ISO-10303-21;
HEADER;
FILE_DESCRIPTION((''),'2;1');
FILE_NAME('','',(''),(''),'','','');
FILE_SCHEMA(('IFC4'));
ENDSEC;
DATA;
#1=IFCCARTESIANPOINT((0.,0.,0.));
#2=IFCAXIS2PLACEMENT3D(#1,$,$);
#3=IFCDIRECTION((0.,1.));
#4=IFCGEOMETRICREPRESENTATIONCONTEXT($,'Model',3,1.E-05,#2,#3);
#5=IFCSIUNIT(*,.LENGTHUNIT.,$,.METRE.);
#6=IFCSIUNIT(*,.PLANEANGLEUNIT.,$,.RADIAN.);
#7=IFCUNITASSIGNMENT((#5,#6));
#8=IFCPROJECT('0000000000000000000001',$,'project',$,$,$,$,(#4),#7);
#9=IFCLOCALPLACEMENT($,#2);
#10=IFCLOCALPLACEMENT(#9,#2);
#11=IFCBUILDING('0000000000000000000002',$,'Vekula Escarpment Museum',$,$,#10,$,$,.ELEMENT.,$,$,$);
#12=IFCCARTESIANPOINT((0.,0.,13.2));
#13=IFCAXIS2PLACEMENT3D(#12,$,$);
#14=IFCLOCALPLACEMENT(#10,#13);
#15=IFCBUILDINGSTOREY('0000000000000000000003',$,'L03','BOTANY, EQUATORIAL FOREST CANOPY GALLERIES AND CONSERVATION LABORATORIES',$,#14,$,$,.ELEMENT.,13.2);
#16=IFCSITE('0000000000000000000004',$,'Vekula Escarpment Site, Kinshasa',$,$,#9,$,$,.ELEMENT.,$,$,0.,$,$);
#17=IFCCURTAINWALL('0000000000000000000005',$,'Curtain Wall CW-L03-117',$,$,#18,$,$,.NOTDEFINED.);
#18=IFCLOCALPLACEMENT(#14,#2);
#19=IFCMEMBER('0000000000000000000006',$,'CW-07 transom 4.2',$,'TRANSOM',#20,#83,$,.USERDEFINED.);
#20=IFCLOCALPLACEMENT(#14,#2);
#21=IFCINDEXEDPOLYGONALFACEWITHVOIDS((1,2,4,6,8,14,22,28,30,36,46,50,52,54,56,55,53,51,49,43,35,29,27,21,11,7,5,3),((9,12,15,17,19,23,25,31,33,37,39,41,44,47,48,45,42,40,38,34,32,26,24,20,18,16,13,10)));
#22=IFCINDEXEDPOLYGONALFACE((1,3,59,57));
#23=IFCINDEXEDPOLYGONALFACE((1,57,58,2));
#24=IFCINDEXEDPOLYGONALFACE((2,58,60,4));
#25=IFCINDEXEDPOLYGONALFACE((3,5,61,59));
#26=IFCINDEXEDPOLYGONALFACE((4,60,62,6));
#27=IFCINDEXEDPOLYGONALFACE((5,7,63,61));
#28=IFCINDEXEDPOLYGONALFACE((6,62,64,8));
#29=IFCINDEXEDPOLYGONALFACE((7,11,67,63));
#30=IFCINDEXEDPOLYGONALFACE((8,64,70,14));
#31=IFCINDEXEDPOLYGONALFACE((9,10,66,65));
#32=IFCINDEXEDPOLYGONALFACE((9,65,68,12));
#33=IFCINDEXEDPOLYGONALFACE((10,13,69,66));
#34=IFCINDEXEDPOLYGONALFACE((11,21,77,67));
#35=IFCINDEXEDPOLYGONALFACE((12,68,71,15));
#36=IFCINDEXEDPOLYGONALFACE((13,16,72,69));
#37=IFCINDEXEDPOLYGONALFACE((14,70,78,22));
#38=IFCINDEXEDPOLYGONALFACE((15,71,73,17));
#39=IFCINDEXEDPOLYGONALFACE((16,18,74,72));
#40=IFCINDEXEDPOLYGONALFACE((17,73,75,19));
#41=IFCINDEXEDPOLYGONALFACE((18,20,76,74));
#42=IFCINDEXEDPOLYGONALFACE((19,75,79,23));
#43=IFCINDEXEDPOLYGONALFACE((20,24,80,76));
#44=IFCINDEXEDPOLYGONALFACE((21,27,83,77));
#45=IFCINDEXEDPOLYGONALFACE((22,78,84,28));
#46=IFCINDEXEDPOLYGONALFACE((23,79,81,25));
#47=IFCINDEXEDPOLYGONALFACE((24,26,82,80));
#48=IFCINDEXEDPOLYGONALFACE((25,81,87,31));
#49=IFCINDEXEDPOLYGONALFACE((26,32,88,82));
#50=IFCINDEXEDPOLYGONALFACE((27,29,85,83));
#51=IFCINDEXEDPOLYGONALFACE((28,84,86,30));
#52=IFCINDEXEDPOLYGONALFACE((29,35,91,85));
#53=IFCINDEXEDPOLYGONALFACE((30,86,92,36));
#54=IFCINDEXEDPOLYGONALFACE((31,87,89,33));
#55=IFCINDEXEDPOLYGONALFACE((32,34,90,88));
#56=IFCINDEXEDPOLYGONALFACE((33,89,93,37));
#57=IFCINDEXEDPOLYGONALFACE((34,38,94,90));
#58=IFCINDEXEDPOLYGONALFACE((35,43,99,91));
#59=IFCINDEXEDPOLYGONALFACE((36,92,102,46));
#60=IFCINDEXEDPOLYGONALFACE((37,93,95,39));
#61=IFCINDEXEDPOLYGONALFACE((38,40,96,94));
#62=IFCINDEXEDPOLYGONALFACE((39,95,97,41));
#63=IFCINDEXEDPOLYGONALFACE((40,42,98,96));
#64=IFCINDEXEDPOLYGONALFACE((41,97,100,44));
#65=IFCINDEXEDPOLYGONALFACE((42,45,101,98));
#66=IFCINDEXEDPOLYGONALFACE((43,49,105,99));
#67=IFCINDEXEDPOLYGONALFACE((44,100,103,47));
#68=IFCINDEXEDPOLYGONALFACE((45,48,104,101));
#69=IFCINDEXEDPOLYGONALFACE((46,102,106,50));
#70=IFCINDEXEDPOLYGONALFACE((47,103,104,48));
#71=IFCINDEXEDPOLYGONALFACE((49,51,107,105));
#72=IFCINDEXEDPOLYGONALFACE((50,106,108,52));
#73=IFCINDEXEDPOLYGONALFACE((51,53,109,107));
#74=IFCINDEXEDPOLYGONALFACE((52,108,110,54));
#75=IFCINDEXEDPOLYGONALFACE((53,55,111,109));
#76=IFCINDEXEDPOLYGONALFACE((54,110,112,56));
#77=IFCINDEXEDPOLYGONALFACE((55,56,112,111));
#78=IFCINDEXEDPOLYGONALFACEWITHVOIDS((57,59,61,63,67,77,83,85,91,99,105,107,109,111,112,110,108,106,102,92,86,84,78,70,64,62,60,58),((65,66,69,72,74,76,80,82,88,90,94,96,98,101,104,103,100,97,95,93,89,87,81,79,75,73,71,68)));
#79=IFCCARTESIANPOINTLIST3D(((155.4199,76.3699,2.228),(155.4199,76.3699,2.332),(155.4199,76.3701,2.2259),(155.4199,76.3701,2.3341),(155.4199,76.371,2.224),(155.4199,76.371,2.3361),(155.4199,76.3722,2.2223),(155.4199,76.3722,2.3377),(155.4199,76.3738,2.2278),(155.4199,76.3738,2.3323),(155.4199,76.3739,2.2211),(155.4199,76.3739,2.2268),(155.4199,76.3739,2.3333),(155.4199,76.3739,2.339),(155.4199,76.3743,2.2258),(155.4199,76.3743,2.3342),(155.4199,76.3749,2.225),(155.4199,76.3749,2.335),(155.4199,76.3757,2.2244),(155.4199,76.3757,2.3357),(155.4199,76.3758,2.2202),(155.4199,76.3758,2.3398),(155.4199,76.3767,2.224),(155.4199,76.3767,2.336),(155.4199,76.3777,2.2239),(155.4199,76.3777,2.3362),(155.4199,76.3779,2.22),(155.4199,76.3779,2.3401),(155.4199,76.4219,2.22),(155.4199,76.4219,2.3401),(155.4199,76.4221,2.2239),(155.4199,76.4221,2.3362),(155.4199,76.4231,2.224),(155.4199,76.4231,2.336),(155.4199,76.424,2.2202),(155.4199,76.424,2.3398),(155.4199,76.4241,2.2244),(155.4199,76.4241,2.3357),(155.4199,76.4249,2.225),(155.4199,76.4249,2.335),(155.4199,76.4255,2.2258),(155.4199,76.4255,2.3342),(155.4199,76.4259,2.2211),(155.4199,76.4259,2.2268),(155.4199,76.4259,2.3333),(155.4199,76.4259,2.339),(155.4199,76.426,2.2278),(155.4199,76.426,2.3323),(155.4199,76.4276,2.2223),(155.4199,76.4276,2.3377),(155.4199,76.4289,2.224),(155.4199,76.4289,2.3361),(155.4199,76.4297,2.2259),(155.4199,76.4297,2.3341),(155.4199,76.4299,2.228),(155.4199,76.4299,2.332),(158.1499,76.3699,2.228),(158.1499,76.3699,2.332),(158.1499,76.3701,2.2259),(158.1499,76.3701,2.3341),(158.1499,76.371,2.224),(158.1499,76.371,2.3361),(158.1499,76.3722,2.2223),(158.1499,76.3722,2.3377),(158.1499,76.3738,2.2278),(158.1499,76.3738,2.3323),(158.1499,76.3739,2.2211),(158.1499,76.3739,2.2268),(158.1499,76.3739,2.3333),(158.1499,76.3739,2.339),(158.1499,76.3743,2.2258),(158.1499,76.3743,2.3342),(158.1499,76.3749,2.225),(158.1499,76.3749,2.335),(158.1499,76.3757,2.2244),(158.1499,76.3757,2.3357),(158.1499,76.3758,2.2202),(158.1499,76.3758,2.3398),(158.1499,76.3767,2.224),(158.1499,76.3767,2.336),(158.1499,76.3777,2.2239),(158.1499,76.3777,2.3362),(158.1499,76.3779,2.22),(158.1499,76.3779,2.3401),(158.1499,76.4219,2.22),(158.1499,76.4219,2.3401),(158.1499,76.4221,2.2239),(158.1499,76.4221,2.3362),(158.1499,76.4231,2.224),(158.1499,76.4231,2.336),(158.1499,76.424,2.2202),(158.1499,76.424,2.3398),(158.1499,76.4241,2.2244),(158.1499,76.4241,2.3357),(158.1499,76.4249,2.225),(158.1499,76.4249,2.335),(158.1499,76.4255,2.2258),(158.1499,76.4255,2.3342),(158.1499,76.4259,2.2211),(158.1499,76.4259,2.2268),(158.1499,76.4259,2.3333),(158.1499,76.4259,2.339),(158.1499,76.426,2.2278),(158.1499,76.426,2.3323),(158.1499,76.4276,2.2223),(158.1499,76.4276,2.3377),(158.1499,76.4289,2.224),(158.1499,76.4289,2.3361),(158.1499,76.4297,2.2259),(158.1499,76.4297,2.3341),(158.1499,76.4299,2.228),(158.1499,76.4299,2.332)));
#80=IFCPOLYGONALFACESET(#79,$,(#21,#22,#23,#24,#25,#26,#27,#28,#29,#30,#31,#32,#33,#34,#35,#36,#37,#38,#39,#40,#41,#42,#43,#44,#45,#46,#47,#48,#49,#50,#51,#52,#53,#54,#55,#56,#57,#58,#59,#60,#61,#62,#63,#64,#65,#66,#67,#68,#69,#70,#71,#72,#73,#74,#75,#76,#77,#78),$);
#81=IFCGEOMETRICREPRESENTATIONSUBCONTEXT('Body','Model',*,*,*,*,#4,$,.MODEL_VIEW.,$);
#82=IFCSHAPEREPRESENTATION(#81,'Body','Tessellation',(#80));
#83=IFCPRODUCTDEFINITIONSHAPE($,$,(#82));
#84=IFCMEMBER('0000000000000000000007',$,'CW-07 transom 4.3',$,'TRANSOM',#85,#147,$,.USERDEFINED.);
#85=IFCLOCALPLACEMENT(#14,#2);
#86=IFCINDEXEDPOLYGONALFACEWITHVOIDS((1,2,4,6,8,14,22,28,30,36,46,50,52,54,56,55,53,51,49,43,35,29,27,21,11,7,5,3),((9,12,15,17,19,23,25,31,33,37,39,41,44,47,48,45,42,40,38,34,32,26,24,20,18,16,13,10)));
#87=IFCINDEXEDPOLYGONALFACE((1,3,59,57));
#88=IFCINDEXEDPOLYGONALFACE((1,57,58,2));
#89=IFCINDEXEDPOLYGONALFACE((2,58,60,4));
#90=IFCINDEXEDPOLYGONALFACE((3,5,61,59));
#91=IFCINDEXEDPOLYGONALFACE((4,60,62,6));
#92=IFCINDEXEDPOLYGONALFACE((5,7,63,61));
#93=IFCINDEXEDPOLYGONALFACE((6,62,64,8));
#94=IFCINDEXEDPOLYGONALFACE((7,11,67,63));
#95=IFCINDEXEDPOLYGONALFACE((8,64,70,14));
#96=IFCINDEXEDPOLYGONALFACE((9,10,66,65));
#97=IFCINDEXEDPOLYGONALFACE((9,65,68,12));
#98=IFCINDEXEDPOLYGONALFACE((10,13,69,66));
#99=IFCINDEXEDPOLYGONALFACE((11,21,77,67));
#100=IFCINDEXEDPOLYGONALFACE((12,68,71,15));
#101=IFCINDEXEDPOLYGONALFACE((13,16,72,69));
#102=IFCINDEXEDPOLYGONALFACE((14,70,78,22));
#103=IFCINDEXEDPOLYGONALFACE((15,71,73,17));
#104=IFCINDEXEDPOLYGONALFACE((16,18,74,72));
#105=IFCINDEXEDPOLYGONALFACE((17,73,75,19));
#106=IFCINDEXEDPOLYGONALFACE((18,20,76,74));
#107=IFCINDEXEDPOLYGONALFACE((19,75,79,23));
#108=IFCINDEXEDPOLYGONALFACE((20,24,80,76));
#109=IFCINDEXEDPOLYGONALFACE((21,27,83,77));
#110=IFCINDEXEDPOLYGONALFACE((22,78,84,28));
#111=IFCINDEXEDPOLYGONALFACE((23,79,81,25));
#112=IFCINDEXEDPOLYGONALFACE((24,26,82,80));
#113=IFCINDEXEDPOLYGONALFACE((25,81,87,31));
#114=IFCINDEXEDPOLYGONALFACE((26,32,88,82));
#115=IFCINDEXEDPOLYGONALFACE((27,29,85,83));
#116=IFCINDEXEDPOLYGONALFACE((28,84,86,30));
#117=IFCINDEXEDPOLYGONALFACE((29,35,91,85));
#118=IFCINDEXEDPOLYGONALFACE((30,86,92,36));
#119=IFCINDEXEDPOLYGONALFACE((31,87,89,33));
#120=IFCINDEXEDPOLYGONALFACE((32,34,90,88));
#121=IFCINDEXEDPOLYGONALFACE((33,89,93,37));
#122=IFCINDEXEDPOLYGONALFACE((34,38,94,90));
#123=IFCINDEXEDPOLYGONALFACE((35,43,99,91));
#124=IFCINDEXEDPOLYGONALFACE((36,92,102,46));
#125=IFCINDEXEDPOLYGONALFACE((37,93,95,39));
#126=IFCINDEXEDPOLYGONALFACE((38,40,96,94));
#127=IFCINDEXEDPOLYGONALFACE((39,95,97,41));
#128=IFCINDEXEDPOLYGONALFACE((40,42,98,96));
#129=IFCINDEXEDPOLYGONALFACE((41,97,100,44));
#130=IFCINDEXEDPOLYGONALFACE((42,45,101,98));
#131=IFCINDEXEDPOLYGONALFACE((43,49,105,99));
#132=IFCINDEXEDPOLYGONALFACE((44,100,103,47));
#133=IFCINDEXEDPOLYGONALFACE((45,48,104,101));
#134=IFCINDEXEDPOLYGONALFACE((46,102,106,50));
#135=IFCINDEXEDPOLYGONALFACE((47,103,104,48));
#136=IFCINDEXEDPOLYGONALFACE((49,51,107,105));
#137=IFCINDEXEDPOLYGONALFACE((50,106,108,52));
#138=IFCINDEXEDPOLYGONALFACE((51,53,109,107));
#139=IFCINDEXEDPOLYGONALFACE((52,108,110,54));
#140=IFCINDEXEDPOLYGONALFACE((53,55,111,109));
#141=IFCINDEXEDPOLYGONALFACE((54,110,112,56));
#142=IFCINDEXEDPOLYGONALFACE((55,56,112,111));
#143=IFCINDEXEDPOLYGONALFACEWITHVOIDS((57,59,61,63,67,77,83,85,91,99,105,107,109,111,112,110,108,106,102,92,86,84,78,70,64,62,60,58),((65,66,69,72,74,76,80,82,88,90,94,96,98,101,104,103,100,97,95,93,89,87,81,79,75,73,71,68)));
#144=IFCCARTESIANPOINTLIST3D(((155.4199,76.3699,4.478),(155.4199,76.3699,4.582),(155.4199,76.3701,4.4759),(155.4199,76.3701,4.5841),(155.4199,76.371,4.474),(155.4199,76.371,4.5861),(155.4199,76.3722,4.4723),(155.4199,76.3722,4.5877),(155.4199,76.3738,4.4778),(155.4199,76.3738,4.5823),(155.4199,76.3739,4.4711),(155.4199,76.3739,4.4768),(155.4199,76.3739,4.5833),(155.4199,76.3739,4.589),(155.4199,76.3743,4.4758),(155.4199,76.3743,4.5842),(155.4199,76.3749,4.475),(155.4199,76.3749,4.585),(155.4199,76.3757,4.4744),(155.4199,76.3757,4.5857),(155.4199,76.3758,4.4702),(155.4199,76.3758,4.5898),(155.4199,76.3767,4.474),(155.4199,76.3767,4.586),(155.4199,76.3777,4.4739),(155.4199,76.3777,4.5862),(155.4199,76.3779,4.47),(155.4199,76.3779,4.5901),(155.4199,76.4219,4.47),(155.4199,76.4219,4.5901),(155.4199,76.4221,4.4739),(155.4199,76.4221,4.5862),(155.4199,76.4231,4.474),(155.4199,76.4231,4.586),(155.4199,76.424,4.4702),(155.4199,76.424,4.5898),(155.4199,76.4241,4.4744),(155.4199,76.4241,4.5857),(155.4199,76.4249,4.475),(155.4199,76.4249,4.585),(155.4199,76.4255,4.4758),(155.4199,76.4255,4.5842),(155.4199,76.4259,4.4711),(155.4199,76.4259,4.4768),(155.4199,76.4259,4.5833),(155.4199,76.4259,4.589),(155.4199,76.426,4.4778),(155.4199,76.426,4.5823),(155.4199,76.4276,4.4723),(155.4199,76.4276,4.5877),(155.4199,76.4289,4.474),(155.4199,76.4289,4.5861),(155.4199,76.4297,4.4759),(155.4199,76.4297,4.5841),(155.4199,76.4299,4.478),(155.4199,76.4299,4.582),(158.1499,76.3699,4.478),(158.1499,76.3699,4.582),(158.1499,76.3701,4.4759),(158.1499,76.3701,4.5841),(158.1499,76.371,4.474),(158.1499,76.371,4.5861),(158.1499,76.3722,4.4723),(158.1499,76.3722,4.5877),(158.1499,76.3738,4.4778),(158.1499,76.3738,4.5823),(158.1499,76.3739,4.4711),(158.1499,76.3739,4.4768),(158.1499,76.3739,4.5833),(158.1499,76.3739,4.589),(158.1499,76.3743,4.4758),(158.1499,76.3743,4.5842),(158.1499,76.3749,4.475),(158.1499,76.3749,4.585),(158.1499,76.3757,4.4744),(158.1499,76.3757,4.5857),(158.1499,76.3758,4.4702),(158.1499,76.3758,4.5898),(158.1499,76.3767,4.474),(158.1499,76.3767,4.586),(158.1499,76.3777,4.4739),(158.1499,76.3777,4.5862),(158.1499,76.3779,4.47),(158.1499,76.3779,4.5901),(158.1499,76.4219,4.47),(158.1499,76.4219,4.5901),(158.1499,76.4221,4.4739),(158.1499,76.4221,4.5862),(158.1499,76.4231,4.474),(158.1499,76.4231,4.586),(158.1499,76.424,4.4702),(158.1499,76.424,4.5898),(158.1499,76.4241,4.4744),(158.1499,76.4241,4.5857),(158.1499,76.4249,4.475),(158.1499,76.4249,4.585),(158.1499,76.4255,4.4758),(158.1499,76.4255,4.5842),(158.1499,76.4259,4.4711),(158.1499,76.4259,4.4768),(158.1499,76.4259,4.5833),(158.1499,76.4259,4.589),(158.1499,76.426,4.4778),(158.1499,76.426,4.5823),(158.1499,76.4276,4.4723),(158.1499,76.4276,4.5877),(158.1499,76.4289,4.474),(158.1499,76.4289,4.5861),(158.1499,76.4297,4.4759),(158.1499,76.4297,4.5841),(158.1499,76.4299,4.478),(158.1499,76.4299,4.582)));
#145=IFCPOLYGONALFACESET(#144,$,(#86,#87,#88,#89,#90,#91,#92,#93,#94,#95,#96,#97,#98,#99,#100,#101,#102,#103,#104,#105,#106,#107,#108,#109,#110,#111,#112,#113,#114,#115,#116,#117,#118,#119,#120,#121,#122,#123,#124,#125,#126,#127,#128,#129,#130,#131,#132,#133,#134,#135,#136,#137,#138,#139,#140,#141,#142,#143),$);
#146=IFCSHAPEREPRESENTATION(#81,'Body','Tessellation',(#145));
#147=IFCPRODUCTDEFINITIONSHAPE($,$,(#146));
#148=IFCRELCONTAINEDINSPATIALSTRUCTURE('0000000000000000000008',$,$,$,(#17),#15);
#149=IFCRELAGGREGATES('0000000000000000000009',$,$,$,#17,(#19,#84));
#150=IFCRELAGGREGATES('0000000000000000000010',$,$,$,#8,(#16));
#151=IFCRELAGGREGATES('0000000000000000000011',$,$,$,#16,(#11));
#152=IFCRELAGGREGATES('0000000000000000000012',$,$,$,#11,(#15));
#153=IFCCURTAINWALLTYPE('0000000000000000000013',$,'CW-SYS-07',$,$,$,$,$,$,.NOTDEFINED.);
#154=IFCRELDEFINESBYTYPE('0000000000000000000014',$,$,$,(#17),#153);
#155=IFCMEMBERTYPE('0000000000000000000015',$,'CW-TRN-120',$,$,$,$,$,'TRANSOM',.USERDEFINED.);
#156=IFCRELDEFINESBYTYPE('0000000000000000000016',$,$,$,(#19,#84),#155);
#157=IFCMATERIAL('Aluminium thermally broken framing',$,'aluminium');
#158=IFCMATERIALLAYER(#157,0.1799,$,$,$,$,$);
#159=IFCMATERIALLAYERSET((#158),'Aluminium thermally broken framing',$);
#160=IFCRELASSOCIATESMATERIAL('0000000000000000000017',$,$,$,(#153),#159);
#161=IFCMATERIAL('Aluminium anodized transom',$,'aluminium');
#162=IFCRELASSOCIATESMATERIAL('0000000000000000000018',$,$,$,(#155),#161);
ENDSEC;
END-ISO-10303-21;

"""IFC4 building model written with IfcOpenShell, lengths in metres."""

from ifc_helpers import new_model, si_unit, direction, frame, origin, origin_2d, place, context, subcontext, project, spatial, hollow_rectangle, extrude, material, layer, layer_set, material_profile, profile_set, type_object, element, aggregate, save


model = new_model("IFC4")

# Units and contexts
model_context = context("Model", 3, precision=1e-05, world=origin(), true_north=direction((0.0, 1.0)))
body_context = subcontext(model_context, "Body", "Model", "MODEL_VIEW")
ifc_project = project(units=[si_unit("LENGTHUNIT", "METRE"), si_unit("PLANEANGLEUNIT", "RADIAN")], contexts=[model_context])

# Site, building, storey
site_placement = place(None, origin())
site = spatial("IfcSite", under=ifc_project, at=site_placement, Name="Vekula Escarpment Site, Kinshasa", CompositionType="ELEMENT", RefElevation=0.0)
building_placement = place(site_placement, origin())
building = spatial("IfcBuilding", under=site, at=building_placement, Name="Vekula Escarpment Museum", CompositionType="ELEMENT")
storey_placement = place(building_placement, frame((0.0, 0.0, 13.2)))
storey = spatial("IfcBuildingStorey", under=building, at=storey_placement, Name="L03", Description="BOTANY, EQUATORIAL FOREST CANOPY GALLERIES AND CONSERVATION LABORATORIES", CompositionType="ELEMENT", Elevation=13.2)

# Curtain wall
ifc_material_1 = material(Name="Aluminium thermally broken framing", Category="aluminium")
ifc_layer_1 = layer(ifc_material_1, 0.1799)
ifc_layer_set_1 = layer_set([ifc_layer_1], Name="Aluminium thermally broken framing")
curtain_wall_type_1 = type_object("IfcCurtainWallType", Name="CW-SYS-07", PredefinedType="NOTDEFINED", material=ifc_layer_set_1)
curtain_wall_1_placement = place(storey_placement, origin())
curtain_wall_1 = element("IfcCurtainWall", 1, at=curtain_wall_1_placement, inside=storey, type_object=curtain_wall_type_1, Name="Curtain Wall CW-L03-117", PredefinedType="NOTDEFINED")

# Members
ifc_material_2 = material(Name="Aluminium anodized transom", Category="aluminium")
ifc_material_profile_1 = material_profile(ifc_material_2, hollow_rectangle(XDim=0.0601, YDim=0.1201, WallThickness=0.0039, InnerFilletRadius=0.0039, OuterFilletRadius=0.0081, at=origin_2d()), Name="ALU 120x60x4")
ifc_profile_set_1 = profile_set([ifc_material_profile_1], Name="Aluminium anodized transom")
member_type_1 = type_object("IfcMemberType", Name="CW-TRN-120", ElementType="TRANSOM", PredefinedType="USERDEFINED", material=ifc_profile_set_1)
member_1_placement = place(storey_placement, frame((158.1499, 76.3999, 2.28), z_axis=(-1.0, 0.0, 0.0), x_axis=(0.0, -1.0, 0.0)))
member_1 = element("IfcMember", 2, at=member_1_placement, type_object=member_type_1, Name="CW-07 transom 4.2", ObjectType="TRANSOM", PredefinedType="USERDEFINED", context=body_context, shape_type="SweptSolid", body=[
    extrude(hollow_rectangle(XDim=0.0601, YDim=0.1201, WallThickness=0.0039, InnerFilletRadius=0.0039, OuterFilletRadius=0.0081, at=origin_2d()), origin(), (0.0, 0.0, 1.0), 2.73),
])
member_2_placement = place(storey_placement, frame((158.1499, 76.3999, 4.53), z_axis=(-1.0, 0.0, 0.0), x_axis=(0.0, -1.0, 0.0)))
member_2 = element("IfcMember", 3, at=member_2_placement, type_object=member_type_1, Name="CW-07 transom 4.3", ObjectType="TRANSOM", PredefinedType="USERDEFINED", context=body_context, shape_type="SweptSolid", body=[
    extrude(hollow_rectangle(XDim=0.0601, YDim=0.1201, WallThickness=0.0039, InnerFilletRadius=0.0039, OuterFilletRadius=0.0081, at=origin_2d()), origin(), (0.0, 0.0, 1.0), 2.73),
])

aggregate(curtain_wall_1, [member_1, member_2])

save(model, "model.ifc")
